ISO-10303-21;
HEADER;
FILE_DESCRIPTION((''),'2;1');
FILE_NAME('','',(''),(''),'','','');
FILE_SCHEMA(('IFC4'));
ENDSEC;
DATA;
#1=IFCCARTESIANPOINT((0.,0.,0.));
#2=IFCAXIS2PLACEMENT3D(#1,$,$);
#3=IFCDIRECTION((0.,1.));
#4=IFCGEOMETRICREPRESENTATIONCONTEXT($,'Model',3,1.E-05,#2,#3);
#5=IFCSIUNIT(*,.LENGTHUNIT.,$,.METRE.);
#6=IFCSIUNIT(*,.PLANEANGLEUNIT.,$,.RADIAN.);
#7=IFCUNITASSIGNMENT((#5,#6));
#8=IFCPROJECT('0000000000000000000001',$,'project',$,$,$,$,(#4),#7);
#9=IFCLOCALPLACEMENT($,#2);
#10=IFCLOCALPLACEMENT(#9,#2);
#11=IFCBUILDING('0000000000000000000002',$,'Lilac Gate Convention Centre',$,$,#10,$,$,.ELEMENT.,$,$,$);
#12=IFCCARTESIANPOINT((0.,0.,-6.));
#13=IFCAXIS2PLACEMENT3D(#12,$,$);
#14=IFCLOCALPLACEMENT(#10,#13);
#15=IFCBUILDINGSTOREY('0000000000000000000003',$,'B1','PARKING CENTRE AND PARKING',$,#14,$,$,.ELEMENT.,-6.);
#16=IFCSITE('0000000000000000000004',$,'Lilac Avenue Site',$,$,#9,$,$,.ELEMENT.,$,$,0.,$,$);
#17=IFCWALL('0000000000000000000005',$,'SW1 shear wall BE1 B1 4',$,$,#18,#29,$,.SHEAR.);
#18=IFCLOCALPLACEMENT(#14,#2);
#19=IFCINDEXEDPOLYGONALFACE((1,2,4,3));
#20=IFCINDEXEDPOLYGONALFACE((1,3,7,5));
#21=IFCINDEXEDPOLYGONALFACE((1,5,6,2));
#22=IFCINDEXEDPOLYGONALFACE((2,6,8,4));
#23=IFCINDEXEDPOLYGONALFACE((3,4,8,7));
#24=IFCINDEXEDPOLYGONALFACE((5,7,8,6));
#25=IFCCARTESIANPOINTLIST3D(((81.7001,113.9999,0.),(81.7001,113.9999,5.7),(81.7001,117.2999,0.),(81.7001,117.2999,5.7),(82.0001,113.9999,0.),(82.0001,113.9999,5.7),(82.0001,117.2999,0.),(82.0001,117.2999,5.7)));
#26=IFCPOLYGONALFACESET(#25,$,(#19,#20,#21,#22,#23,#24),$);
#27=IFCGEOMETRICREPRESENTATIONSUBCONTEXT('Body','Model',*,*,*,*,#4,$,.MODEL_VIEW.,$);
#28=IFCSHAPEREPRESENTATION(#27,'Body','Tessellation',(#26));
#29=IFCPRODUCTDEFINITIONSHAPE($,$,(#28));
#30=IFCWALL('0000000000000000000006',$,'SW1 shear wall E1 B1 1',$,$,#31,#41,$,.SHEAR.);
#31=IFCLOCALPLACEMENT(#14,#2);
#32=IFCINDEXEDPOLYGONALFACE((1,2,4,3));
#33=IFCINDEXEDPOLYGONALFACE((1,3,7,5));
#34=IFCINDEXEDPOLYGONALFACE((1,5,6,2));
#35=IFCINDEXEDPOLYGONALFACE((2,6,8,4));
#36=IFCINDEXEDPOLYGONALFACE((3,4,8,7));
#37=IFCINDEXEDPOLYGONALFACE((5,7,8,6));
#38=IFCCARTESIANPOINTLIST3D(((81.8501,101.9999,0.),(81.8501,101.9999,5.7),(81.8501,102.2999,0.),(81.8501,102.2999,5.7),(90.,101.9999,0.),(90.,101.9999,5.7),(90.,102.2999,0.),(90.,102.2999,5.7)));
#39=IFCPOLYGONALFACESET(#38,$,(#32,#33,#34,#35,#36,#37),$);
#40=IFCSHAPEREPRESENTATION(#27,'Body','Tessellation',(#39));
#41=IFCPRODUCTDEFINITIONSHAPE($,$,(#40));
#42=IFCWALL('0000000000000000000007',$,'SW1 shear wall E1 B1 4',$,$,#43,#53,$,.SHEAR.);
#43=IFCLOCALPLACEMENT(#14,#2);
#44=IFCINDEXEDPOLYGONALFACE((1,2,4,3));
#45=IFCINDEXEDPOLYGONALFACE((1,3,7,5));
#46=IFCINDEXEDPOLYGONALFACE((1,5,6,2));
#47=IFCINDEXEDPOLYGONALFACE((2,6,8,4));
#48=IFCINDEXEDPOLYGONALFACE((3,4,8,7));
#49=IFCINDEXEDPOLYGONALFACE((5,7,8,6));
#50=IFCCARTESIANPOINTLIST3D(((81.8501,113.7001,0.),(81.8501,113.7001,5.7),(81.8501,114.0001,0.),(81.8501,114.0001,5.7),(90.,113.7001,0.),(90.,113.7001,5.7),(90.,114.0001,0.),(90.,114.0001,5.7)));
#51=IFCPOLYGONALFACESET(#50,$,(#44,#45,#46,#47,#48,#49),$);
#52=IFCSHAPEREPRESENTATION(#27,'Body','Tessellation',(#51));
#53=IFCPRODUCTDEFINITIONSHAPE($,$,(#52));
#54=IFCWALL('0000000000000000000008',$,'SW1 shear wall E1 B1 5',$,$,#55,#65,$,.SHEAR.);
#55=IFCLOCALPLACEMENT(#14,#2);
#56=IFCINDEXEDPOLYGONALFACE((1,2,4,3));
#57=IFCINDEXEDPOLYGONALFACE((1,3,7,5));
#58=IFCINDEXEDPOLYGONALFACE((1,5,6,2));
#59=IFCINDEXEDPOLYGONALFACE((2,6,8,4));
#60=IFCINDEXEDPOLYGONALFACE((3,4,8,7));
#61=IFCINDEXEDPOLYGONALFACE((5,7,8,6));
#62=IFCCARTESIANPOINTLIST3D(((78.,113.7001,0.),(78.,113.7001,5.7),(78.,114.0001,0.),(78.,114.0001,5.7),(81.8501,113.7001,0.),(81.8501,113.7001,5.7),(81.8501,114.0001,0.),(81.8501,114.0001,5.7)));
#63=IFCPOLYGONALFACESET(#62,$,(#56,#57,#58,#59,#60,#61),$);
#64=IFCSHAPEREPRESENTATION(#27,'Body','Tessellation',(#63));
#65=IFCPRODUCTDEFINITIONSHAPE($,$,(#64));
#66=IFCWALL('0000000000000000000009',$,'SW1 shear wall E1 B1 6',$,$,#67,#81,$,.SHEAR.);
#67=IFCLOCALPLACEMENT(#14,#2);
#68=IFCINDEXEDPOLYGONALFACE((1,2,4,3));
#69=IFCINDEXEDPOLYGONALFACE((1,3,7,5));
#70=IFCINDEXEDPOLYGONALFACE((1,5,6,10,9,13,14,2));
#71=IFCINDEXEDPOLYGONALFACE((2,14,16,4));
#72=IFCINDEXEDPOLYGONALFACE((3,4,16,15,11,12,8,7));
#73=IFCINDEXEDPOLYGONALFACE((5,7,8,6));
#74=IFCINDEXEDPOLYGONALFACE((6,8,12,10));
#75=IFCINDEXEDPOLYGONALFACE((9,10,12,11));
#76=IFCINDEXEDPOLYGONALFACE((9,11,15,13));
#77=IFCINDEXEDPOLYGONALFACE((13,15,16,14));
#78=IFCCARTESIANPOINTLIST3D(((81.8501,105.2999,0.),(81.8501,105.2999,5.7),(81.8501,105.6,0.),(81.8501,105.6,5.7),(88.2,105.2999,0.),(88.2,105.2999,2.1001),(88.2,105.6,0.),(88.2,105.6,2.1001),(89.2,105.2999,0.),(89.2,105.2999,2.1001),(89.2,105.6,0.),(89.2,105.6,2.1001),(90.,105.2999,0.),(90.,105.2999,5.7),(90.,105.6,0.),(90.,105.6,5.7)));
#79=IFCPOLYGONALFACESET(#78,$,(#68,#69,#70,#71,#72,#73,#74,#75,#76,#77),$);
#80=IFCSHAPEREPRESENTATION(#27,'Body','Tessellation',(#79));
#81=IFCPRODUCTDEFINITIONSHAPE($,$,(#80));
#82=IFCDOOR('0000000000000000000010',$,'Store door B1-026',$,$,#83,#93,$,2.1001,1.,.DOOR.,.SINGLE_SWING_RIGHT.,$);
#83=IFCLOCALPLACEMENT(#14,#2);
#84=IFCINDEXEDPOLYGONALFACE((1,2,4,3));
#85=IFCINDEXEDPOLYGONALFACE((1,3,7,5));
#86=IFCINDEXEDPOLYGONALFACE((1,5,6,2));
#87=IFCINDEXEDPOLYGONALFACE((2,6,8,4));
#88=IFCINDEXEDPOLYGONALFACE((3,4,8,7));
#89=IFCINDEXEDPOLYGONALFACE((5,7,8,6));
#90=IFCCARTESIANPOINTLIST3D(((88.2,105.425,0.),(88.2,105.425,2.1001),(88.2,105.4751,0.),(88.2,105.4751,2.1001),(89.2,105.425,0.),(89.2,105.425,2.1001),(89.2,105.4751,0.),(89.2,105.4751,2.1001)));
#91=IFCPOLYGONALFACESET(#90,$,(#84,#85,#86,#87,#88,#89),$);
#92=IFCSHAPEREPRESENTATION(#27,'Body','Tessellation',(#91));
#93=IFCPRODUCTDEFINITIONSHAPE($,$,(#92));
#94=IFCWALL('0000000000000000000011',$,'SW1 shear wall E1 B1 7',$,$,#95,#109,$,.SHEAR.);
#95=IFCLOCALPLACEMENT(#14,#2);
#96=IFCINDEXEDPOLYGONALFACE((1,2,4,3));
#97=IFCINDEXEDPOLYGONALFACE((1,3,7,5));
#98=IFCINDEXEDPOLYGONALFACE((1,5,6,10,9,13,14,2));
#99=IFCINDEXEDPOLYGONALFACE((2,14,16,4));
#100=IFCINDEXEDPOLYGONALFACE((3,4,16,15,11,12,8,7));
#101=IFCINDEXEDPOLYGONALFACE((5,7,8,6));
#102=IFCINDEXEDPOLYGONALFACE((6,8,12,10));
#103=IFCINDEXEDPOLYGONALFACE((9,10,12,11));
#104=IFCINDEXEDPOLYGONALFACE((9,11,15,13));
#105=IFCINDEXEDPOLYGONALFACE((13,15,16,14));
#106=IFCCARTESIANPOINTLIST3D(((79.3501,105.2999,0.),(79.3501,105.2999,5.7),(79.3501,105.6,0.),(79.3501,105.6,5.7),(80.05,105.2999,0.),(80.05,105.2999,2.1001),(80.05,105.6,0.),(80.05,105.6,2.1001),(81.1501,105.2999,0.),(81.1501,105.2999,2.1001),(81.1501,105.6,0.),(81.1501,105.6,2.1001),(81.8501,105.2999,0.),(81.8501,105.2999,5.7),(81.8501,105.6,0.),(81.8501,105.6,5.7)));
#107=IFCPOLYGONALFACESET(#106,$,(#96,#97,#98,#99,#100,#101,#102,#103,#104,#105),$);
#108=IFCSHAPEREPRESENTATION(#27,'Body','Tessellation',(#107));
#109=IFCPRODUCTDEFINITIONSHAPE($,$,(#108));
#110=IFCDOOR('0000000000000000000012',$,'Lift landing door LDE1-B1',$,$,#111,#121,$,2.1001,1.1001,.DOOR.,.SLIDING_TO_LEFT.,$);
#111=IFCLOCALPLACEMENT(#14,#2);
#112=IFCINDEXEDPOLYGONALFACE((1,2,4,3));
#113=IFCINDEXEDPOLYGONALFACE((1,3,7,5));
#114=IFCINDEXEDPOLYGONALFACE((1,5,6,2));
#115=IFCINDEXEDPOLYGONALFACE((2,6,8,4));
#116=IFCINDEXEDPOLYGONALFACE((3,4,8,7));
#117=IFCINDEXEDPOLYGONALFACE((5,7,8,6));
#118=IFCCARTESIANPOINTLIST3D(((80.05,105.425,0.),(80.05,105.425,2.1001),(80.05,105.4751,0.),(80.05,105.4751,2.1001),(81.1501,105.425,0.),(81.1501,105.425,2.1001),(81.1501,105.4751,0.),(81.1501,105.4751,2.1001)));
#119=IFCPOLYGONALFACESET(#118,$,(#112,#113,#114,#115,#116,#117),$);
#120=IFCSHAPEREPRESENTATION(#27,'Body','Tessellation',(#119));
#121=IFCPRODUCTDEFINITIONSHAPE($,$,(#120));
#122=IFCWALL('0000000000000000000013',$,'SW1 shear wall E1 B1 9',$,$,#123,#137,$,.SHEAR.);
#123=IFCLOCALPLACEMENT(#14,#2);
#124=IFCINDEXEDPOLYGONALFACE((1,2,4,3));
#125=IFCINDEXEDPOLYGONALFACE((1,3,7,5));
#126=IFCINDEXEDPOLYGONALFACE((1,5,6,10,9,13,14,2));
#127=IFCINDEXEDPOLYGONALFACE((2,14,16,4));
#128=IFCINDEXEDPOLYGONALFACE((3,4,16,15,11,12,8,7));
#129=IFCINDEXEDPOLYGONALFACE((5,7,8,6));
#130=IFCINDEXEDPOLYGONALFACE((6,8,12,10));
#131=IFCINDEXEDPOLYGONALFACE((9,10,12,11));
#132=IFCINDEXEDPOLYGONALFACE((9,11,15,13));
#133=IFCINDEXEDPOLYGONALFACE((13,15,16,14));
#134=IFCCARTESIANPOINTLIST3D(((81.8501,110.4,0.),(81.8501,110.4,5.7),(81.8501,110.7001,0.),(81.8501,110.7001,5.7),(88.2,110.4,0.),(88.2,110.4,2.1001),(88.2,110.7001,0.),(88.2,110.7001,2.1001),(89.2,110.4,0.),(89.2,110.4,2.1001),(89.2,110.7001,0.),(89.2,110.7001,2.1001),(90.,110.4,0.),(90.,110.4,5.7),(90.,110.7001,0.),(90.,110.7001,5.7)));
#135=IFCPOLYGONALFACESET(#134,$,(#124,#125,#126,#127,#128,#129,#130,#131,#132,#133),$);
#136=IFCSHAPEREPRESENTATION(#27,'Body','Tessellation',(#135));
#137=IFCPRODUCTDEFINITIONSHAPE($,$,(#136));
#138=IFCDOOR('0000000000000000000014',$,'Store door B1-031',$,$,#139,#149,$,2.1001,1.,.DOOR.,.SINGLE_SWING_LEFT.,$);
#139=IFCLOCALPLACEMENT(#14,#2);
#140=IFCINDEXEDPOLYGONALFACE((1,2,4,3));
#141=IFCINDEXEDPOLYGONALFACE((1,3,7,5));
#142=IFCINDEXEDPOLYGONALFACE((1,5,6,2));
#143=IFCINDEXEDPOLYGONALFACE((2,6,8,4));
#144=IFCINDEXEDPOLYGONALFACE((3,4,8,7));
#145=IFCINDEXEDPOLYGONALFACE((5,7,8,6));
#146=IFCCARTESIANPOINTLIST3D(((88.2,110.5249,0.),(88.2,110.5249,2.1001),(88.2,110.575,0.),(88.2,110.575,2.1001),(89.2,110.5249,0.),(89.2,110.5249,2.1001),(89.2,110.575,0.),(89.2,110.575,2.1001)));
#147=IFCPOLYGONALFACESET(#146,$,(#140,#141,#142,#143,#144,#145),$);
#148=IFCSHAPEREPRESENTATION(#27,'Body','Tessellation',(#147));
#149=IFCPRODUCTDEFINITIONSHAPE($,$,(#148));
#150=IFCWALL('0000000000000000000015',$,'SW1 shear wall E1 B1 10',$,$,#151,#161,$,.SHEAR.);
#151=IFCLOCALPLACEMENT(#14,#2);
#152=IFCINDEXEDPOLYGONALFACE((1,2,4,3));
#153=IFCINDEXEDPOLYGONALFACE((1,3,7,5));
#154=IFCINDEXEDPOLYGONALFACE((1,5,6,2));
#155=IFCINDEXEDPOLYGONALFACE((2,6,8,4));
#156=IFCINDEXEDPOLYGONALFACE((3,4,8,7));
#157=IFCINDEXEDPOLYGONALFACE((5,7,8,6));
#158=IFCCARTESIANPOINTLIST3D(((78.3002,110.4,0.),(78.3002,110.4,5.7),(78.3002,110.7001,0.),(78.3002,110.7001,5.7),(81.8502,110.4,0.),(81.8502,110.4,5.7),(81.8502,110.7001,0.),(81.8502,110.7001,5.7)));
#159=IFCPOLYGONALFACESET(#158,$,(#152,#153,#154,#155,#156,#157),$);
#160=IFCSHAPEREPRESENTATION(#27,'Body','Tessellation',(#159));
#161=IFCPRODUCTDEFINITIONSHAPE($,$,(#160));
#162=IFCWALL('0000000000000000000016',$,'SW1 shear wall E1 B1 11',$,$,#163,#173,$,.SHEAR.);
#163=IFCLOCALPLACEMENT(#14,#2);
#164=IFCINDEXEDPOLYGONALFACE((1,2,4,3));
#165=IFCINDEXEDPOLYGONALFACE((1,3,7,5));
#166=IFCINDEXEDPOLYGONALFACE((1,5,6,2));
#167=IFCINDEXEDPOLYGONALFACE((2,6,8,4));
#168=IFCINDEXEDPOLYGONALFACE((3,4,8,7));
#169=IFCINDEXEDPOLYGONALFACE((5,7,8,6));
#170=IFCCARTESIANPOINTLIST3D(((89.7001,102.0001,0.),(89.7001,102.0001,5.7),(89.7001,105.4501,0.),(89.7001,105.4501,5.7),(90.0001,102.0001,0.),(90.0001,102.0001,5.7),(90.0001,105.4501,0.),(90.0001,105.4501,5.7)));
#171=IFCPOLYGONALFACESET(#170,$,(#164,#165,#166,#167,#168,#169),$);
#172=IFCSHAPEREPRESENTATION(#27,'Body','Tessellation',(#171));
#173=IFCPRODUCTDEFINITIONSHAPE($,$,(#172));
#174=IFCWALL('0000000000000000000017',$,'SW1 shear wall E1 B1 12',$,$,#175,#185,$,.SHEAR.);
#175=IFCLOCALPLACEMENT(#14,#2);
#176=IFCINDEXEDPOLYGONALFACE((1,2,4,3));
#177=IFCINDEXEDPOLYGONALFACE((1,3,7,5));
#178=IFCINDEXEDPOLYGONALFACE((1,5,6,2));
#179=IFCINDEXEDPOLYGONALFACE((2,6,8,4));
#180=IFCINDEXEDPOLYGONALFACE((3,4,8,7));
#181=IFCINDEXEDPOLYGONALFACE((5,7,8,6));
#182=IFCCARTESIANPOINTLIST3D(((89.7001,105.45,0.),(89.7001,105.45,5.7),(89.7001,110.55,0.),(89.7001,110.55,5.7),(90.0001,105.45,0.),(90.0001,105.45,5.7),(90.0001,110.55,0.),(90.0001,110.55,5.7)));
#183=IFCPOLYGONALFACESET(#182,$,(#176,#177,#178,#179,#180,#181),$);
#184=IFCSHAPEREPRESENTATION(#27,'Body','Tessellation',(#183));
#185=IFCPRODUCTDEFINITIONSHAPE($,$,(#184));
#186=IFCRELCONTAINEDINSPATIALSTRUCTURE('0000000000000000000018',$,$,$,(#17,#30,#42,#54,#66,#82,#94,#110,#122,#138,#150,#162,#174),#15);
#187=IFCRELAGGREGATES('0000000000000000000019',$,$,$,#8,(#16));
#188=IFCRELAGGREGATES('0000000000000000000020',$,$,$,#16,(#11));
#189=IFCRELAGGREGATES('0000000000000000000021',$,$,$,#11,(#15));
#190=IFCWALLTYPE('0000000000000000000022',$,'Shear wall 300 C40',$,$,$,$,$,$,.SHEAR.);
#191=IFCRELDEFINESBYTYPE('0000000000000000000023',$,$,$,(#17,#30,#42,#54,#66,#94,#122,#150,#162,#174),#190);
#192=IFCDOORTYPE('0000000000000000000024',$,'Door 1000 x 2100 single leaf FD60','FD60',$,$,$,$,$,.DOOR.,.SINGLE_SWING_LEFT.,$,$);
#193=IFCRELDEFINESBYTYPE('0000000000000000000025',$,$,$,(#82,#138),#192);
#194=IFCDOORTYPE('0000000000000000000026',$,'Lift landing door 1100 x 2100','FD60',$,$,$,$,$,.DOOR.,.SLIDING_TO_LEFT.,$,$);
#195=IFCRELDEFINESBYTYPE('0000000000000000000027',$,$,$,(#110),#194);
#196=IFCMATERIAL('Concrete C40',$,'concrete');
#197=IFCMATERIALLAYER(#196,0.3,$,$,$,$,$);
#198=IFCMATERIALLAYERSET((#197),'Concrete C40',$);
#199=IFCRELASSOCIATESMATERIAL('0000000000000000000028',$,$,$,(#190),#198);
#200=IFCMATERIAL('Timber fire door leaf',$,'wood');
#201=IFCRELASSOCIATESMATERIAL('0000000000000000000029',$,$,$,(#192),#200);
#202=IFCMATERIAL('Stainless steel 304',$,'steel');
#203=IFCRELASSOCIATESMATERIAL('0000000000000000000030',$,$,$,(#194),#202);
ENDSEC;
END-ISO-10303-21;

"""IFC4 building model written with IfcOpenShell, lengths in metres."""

from ifc_helpers import new_model, si_unit, direction, frame, frame_2d, origin, place, context, subcontext, project, spatial, rectangle, extrude, material, layer, layer_set, type_object, element, fill, save


model = new_model("IFC4")

# Units and contexts
model_context = context("Model", 3, precision=1e-05, world=origin(), true_north=direction((0.0, 1.0)))
body_context = subcontext(model_context, "Body", "Model", "MODEL_VIEW")
ifc_project = project(units=[si_unit("LENGTHUNIT", "METRE"), si_unit("PLANEANGLEUNIT", "RADIAN")], contexts=[model_context])

# Site, building, storey
site_placement = place(None, origin())
site = spatial("IfcSite", under=ifc_project, at=site_placement, Name="Lilac Avenue Site", CompositionType="ELEMENT", RefElevation=0.0)
building_placement = place(site_placement, origin())
building = spatial("IfcBuilding", under=site, at=building_placement, Name="Lilac Gate Convention Centre", CompositionType="ELEMENT")
storey_placement = place(building_placement, frame((0.0, 0.0, -6.0)))
storey = spatial("IfcBuildingStorey", under=building, at=storey_placement, Name="B1", Description="PARKING CENTRE AND PARKING", CompositionType="ELEMENT", Elevation=-6.0)

# Shared definitions
ifc_material_1 = material(Name="Concrete C40", Category="concrete")
ifc_layer_1 = layer(ifc_material_1, 0.3)
ifc_layer_set_1 = layer_set([ifc_layer_1], Name="Concrete C40")
wall_type_1 = type_object("IfcWallType", Name="Shear wall 300 C40", PredefinedType="SHEAR", material=ifc_layer_set_1)

# Shared definitions
ifc_material_2 = material(Name="Timber fire door leaf", Category="wood")
door_type_1 = type_object("IfcDoorType", Name="Door 1000 x 2100 single leaf FD60", Description="FD60", OperationType="SINGLE_SWING_LEFT", PredefinedType="DOOR", material=ifc_material_2)

# Walls
for number, where, z_axis, x_axis, name in (
    (1, (81.8501, 114.0, 0.0), (0.0, 0.0, 1.0), (0.0, 1.0, 0.0), "SW1 shear wall BE1 B1 4"),
):
    element("IfcWall", number, at=place(storey_placement, frame(where, z_axis=z_axis, x_axis=x_axis)), inside=storey, type_object=wall_type_1, Name=name, PredefinedType="SHEAR", context=body_context, shape_type="SweptSolid", body=[
        extrude(rectangle(XDim=3.3, YDim=0.3, at=frame_2d((1.6499, 0.0))), origin(), (0.0, 0.0, 1.0), 5.7),
    ])
for number, where, z_axis, x_axis, name in (
    (2, (90.0, 102.1499, 0.0), (0.0, 0.0, 1.0), (-1.0, 0.0, 0.0), "SW1 shear wall E1 B1 1"),
    (3, (90.0, 113.8501, 0.0), (0.0, 0.0, 1.0), (-1.0, 0.0, 0.0), "SW1 shear wall E1 B1 4"),
):
    element("IfcWall", number, at=place(storey_placement, frame(where, z_axis=z_axis, x_axis=x_axis)), inside=storey, type_object=wall_type_1, Name=name, PredefinedType="SHEAR", context=body_context, shape_type="SweptSolid", body=[
        extrude(rectangle(XDim=8.1499, YDim=0.3, at=frame_2d((4.075, 0.0))), origin(), (0.0, 0.0, 1.0), 5.7),
    ])
wall_1_placement = place(storey_placement, frame((81.8501, 113.8501, 0.0), z_axis=(0.0, 0.0, 1.0), x_axis=(-1.0, 0.0, 0.0)))
element("IfcWall", 4, at=wall_1_placement, inside=storey, type_object=wall_type_1, Name="SW1 shear wall E1 B1 5", PredefinedType="SHEAR", context=body_context, shape_type="SweptSolid", body=[
    extrude(rectangle(XDim=3.8501, YDim=0.3, at=frame_2d((1.925, 0.0))), origin(), (0.0, 0.0, 1.0), 5.7),
])

# Walls, openings, doors
wall_2_placement = place(storey_placement, frame((90.0, 105.45, 0.0), z_axis=(0.0, 0.0, 1.0), x_axis=(-1.0, 0.0, 0.0)))
wall_2 = element("IfcWall", 5, at=wall_2_placement, inside=storey, type_object=wall_type_1, Name="SW1 shear wall E1 B1 6", PredefinedType="SHEAR", context=body_context, shape_type="SweptSolid", body=[
    extrude(rectangle(XDim=8.1499, YDim=0.3, at=frame_2d((4.075, 0.0))), origin(), (0.0, 0.0, 1.0), 5.7),
])
opening_1_placement = place(wall_2_placement, frame((0.8, 0.0, 0.0)))
opening_1 = element("IfcOpeningElement", 6, at=opening_1_placement, cuts=wall_2, PredefinedType="OPENING", context=body_context, shape_type="SweptSolid", body=[
    extrude(rectangle(XDim=1.0, YDim=2.1001, at=frame_2d((0.5, 1.05))), frame((0.0, 0.1599, 0.0), z_axis=(0.0, -1.0, 0.0), x_axis=(1.0, 0.0, 0.0)), (0.0, 0.0, 1.0), 0.3201),
])
door_1_placement = place(opening_1_placement, origin())
door_1 = element("IfcDoor", 7, at=door_1_placement, inside=storey, type_object=door_type_1, Name="Store door B1-026", OperationType="SINGLE_SWING_RIGHT", OverallHeight=2.1001, OverallWidth=1.0, PredefinedType="DOOR", context=body_context, shape_type="SweptSolid", body=[
    extrude(rectangle(XDim=1.0, YDim=2.1001, at=frame_2d((0.5, 1.05))), frame((0.0, 0.0249, 0.0), z_axis=(0.0, -1.0, 0.0), x_axis=(1.0, 0.0, 0.0)), (0.0, 0.0, 1.0), 0.05),
])
fill(opening_1, door_1)
wall_3_placement = place(storey_placement, frame((81.8501, 105.45, 0.0), z_axis=(0.0, 0.0, 1.0), x_axis=(-1.0, 0.0, 0.0)))
wall_3 = element("IfcWall", 8, at=wall_3_placement, inside=storey, type_object=wall_type_1, Name="SW1 shear wall E1 B1 7", PredefinedType="SHEAR", context=body_context, shape_type="SweptSolid", body=[
    extrude(rectangle(XDim=2.5, YDim=0.3, at=frame_2d((1.25, 0.0))), origin(), (0.0, 0.0, 1.0), 5.7),
])
opening_2_placement = place(wall_3_placement, frame((0.7, 0.0, 0.0)))
opening_2 = element("IfcOpeningElement", 9, at=opening_2_placement, cuts=wall_3, PredefinedType="OPENING", context=body_context, shape_type="SweptSolid", body=[
    extrude(rectangle(XDim=1.1001, YDim=2.1001, at=frame_2d((0.55, 1.05))), frame((0.0, 0.1599, 0.0), z_axis=(0.0, -1.0, 0.0), x_axis=(1.0, 0.0, 0.0)), (0.0, 0.0, 1.0), 0.3201),
])
ifc_material_3 = material(Name="Stainless steel 304", Category="steel")
door_type_2 = type_object("IfcDoorType", Name="Lift landing door 1100 x 2100", Description="FD60", OperationType="SLIDING_TO_LEFT", PredefinedType="DOOR", material=ifc_material_3)
door_2_placement = place(opening_2_placement, origin())
door_2 = element("IfcDoor", 10, at=door_2_placement, inside=storey, type_object=door_type_2, Name="Lift landing door LDE1-B1", OperationType="SLIDING_TO_LEFT", OverallHeight=2.1001, OverallWidth=1.1001, PredefinedType="DOOR", context=body_context, shape_type="SweptSolid", body=[
    extrude(rectangle(XDim=1.1001, YDim=2.1001, at=frame_2d((0.55, 1.05))), frame((0.0, 0.0249, 0.0), z_axis=(0.0, -1.0, 0.0), x_axis=(1.0, 0.0, 0.0)), (0.0, 0.0, 1.0), 0.05),
])
fill(opening_2, door_2)
wall_4_placement = place(storey_placement, frame((90.0, 110.55, 0.0), z_axis=(0.0, 0.0, 1.0), x_axis=(-1.0, 0.0, 0.0)))
wall_4 = element("IfcWall", 11, at=wall_4_placement, inside=storey, type_object=wall_type_1, Name="SW1 shear wall E1 B1 9", PredefinedType="SHEAR", context=body_context, shape_type="SweptSolid", body=[
    extrude(rectangle(XDim=8.1499, YDim=0.3, at=frame_2d((4.075, 0.0))), origin(), (0.0, 0.0, 1.0), 5.7),
])
opening_3_placement = place(wall_4_placement, frame((0.8, 0.0, 0.0)))
opening_3 = element("IfcOpeningElement", 12, at=opening_3_placement, cuts=wall_4, PredefinedType="OPENING", context=body_context, shape_type="SweptSolid", body=[
    extrude(rectangle(XDim=1.0, YDim=2.1001, at=frame_2d((0.5, 1.05))), frame((0.0, 0.1599, 0.0), z_axis=(0.0, -1.0, 0.0), x_axis=(1.0, 0.0, 0.0)), (0.0, 0.0, 1.0), 0.3201),
])
door_3_placement = place(opening_3_placement, frame((1.0, 0.0, 0.0), z_axis=(0.0, 0.0, 1.0), x_axis=(-1.0, 0.0, 0.0)))
door_3 = element("IfcDoor", 13, at=door_3_placement, inside=storey, type_object=door_type_1, Name="Store door B1-031", OperationType="SINGLE_SWING_LEFT", OverallHeight=2.1001, OverallWidth=1.0, PredefinedType="DOOR", context=body_context, shape_type="SweptSolid", body=[
    extrude(rectangle(XDim=1.0, YDim=2.1001, at=frame_2d((0.5, 1.05))), frame((0.0, 0.0249, 0.0), z_axis=(0.0, -1.0, 0.0), x_axis=(1.0, 0.0, 0.0)), (0.0, 0.0, 1.0), 0.05),
])
fill(opening_3, door_3)

# Walls
wall_5_placement = place(storey_placement, frame((81.8501, 110.55, 0.0), z_axis=(0.0, 0.0, 1.0), x_axis=(-1.0, 0.0, 0.0)))
element("IfcWall", 14, at=wall_5_placement, inside=storey, type_object=wall_type_1, Name="SW1 shear wall E1 B1 10", PredefinedType="SHEAR", context=body_context, shape_type="SweptSolid", body=[
    extrude(rectangle(XDim=3.55, YDim=0.3, at=frame_2d((1.7749, 0.0))), origin(), (0.0, 0.0, 1.0), 5.7),
])
wall_6_placement = place(storey_placement, frame((89.8501, 102.0, 0.0), z_axis=(0.0, 0.0, 1.0), x_axis=(0.0, 1.0, 0.0)))
element("IfcWall", 15, at=wall_6_placement, inside=storey, type_object=wall_type_1, Name="SW1 shear wall E1 B1 11", PredefinedType="SHEAR", context=body_context, shape_type="SweptSolid", body=[
    extrude(rectangle(XDim=3.45, YDim=0.3, at=frame_2d((1.7251, 0.0))), origin(), (0.0, 0.0, 1.0), 5.7),
])
wall_7_placement = place(storey_placement, frame((89.8501, 105.45, 0.0), z_axis=(0.0, 0.0, 1.0), x_axis=(0.0, 1.0, 0.0)))
element("IfcWall", 16, at=wall_7_placement, inside=storey, type_object=wall_type_1, Name="SW1 shear wall E1 B1 12", PredefinedType="SHEAR", context=body_context, shape_type="SweptSolid", body=[
    extrude(rectangle(XDim=5.1001, YDim=0.3, at=frame_2d((2.55, 0.0))), origin(), (0.0, 0.0, 1.0), 5.7),
])

save(model, "model.ifc")
